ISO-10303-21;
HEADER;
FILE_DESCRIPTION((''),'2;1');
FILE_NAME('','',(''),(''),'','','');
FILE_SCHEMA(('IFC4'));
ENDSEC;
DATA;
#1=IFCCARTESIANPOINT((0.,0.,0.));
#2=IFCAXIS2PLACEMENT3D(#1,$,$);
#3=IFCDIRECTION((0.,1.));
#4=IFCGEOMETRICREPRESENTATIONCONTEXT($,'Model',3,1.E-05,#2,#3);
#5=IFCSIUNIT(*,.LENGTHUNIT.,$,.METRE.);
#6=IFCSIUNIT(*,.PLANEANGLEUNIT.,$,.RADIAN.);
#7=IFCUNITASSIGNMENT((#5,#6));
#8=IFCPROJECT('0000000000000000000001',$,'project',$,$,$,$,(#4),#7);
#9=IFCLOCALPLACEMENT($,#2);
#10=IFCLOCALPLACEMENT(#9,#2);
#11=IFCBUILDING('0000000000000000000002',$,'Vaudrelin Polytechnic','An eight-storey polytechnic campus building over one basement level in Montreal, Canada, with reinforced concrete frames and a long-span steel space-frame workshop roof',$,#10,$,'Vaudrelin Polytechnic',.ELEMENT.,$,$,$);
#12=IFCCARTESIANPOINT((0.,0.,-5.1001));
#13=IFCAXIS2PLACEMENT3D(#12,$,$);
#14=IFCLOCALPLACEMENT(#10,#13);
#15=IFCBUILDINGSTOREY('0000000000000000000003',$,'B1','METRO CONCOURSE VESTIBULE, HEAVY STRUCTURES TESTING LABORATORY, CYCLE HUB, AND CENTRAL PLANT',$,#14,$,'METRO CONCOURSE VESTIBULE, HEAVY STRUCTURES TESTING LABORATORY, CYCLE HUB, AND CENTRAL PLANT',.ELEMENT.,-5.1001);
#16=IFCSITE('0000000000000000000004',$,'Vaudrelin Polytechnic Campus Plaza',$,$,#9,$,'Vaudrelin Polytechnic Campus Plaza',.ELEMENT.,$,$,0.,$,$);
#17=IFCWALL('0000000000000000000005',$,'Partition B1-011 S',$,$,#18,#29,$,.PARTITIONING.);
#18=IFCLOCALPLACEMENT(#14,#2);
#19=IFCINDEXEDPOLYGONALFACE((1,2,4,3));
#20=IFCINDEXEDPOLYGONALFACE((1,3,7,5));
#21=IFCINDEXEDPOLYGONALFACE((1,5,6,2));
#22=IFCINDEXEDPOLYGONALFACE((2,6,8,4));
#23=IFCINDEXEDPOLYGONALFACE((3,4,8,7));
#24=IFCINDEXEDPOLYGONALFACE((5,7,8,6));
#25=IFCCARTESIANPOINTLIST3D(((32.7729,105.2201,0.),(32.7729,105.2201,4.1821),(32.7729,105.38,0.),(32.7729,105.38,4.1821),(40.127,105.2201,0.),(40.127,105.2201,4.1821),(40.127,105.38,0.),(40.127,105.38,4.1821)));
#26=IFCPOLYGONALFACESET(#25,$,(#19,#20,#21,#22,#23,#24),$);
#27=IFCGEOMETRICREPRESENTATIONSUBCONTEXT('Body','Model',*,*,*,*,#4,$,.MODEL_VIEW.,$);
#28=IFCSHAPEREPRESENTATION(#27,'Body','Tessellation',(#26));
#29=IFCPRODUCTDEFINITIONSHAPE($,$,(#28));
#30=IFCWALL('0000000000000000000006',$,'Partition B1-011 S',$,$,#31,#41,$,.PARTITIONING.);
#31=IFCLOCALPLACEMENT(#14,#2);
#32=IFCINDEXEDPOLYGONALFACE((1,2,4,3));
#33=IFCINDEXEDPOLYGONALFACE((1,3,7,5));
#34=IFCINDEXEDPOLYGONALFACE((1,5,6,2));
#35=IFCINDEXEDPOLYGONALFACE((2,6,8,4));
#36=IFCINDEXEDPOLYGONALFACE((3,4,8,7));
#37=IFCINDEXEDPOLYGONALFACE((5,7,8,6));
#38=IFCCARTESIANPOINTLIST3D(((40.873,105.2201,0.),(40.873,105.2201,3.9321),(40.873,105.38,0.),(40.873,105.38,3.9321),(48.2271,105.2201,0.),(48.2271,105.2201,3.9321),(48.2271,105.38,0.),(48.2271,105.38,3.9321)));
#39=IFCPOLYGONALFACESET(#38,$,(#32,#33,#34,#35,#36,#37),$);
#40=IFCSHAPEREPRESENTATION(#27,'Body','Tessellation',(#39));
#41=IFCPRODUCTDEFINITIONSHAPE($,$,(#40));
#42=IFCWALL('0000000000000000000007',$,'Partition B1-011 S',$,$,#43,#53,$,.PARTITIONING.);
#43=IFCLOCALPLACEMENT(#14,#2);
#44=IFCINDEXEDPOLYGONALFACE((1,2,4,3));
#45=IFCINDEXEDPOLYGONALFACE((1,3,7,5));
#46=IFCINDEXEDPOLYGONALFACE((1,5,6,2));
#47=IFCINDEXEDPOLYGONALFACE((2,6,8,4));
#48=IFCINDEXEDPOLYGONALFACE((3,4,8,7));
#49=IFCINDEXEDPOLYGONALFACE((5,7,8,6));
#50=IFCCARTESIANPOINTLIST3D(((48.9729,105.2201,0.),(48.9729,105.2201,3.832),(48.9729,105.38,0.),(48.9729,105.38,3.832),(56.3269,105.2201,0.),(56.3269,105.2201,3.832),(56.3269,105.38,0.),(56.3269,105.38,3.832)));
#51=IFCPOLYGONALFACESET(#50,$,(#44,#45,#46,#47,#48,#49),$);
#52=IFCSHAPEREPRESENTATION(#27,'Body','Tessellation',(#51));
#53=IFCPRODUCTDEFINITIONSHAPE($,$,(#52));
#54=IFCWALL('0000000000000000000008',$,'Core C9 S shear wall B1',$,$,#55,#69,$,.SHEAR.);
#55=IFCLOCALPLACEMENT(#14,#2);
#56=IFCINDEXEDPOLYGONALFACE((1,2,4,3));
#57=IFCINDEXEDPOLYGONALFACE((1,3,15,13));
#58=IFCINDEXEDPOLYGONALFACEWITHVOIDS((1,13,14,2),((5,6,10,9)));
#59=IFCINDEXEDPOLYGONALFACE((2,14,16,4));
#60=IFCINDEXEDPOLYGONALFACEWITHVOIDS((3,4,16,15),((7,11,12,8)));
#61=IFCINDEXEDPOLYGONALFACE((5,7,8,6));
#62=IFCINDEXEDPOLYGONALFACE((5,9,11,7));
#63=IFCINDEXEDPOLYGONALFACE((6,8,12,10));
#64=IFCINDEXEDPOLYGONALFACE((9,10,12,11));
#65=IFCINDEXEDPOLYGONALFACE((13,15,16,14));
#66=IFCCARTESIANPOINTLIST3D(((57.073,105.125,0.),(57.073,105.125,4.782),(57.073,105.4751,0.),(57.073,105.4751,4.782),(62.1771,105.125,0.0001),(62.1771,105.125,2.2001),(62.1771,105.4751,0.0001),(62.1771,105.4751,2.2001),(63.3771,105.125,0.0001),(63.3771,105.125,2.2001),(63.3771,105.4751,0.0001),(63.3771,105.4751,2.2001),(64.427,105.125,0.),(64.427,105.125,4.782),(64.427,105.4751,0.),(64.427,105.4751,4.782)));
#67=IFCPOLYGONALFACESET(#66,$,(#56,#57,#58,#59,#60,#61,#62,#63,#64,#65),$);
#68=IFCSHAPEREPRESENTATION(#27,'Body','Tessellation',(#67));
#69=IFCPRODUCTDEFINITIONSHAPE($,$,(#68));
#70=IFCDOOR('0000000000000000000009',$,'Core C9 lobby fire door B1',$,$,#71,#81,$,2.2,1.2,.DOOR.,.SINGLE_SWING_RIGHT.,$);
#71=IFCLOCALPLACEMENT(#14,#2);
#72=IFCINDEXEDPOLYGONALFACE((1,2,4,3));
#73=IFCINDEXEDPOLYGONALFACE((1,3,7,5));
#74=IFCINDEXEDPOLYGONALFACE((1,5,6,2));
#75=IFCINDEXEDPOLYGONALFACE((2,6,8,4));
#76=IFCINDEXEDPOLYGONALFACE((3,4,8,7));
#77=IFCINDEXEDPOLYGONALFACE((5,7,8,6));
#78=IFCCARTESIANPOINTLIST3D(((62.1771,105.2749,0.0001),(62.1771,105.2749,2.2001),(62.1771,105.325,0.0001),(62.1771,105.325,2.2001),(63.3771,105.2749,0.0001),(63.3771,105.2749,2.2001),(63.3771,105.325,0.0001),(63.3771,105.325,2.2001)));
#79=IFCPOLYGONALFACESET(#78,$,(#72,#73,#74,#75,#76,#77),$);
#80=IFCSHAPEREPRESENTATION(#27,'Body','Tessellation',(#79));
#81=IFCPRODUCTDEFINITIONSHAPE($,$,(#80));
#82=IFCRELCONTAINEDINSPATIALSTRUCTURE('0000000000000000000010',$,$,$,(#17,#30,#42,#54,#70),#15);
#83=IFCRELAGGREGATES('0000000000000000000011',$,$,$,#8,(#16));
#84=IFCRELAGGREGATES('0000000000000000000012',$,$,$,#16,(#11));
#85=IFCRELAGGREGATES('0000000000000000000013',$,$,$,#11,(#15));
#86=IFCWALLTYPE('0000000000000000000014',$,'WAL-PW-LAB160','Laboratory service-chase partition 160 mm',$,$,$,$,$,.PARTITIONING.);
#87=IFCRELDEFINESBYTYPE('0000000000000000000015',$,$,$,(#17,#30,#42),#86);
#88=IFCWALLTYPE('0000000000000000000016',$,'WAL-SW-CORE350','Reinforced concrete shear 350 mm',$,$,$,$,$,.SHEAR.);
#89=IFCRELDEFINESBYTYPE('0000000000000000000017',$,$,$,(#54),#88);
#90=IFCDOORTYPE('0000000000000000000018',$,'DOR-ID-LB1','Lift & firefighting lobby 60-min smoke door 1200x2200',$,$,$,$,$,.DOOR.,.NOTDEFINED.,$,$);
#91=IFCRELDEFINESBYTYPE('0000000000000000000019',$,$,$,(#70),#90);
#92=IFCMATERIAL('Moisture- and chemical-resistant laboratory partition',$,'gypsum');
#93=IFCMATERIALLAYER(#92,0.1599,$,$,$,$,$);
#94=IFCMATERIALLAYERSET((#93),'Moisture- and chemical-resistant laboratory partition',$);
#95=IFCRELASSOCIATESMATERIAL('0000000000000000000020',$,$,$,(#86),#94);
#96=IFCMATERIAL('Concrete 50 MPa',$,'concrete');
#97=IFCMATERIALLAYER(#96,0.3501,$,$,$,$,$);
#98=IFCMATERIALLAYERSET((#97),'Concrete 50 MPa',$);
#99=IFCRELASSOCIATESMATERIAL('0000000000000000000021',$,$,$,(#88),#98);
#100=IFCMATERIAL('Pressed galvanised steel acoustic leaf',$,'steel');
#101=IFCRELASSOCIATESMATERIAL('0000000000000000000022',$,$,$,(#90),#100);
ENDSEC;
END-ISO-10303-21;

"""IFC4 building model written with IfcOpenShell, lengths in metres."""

from ifc_helpers import new_model, si_unit, direction, frame, frame_2d, origin, place, context, subcontext, project, spatial, rectangle, extrude, material, layer, layer_set, type_object, element, fill, save


model = new_model("IFC4")

# Units and contexts
model_context = context("Model", 3, precision=1e-05, world=origin(), true_north=direction((0.0, 1.0)))
body_context = subcontext(model_context, "Body", "Model", "MODEL_VIEW")
ifc_project = project(units=[si_unit("LENGTHUNIT", "METRE"), si_unit("PLANEANGLEUNIT", "RADIAN")], contexts=[model_context])

# Site, building, storey
site_placement = place(None, origin())
site = spatial("IfcSite", under=ifc_project, at=site_placement, Name="Vaudrelin Polytechnic Campus Plaza", LongName="Vaudrelin Polytechnic Campus Plaza", CompositionType="ELEMENT", RefElevation=0.0)
building_placement = place(site_placement, origin())
building = spatial("IfcBuilding", under=site, at=building_placement, Name="Vaudrelin Polytechnic", Description="An eight-storey polytechnic campus building over one basement level in Montreal, Canada, with reinforced concrete frames and a long-span steel space-frame workshop roof", LongName="Vaudrelin Polytechnic", CompositionType="ELEMENT")
storey_placement = place(building_placement, frame((0.0, 0.0, -5.1001)))
storey = spatial("IfcBuildingStorey", under=building, at=storey_placement, Name="B1", Description="METRO CONCOURSE VESTIBULE, HEAVY STRUCTURES TESTING LABORATORY, CYCLE HUB, AND CENTRAL PLANT", LongName="METRO CONCOURSE VESTIBULE, HEAVY STRUCTURES TESTING LABORATORY, CYCLE HUB, AND CENTRAL PLANT", CompositionType="ELEMENT", Elevation=-5.1001)

# Shared definitions
ifc_material_1 = material(Name="Concrete 50 MPa", Category="concrete")

# Walls
ifc_material_2 = material(Name="Moisture- and chemical-resistant laboratory partition", Category="gypsum")
ifc_layer_1 = layer(ifc_material_2, 0.1599)
ifc_layer_set_1 = layer_set([ifc_layer_1], Name="Moisture- and chemical-resistant laboratory partition")
wall_type_1 = type_object("IfcWallType", Name="WAL-PW-LAB160", Description="Laboratory service-chase partition 160 mm", PredefinedType="PARTITIONING", material=ifc_layer_set_1)
wall_1_placement = place(storey_placement, frame((32.7729, 105.3, 0.0), z_axis=(0.0, 0.0, 1.0), x_axis=(1.0, 0.0, 0.0)))
element("IfcWall", 1, at=wall_1_placement, inside=storey, type_object=wall_type_1, Name="Partition B1-011 S", PredefinedType="PARTITIONING", context=body_context, shape_type="SweptSolid", body=[
    extrude(rectangle(XDim=7.354, YDim=0.1599, at=frame_2d((3.677, 0.0))), origin(), (0.0, 0.0, 1.0), 4.1821),
])
wall_2_placement = place(storey_placement, frame((40.873, 105.3, 0.0), z_axis=(0.0, 0.0, 1.0), x_axis=(1.0, 0.0, 0.0)))
element("IfcWall", 2, at=wall_2_placement, inside=storey, type_object=wall_type_1, Name="Partition B1-011 S", PredefinedType="PARTITIONING", context=body_context, shape_type="SweptSolid", body=[
    extrude(rectangle(XDim=7.354, YDim=0.1599, at=frame_2d((3.677, 0.0))), origin(), (0.0, 0.0, 1.0), 3.9321),
])
wall_3_placement = place(storey_placement, frame((48.9729, 105.3, 0.0), z_axis=(0.0, 0.0, 1.0), x_axis=(1.0, 0.0, 0.0)))
element("IfcWall", 3, at=wall_3_placement, inside=storey, type_object=wall_type_1, Name="Partition B1-011 S", PredefinedType="PARTITIONING", context=body_context, shape_type="SweptSolid", body=[
    extrude(rectangle(XDim=7.354, YDim=0.1599, at=frame_2d((3.677, 0.0))), origin(), (0.0, 0.0, 1.0), 3.832),
])

# Wall, opening, door
ifc_layer_2 = layer(ifc_material_1, 0.3501)
ifc_layer_set_2 = layer_set([ifc_layer_2], Name="Concrete 50 MPa")
wall_type_2 = type_object("IfcWallType", Name="WAL-SW-CORE350", Description="Reinforced concrete shear 350 mm", PredefinedType="SHEAR", material=ifc_layer_set_2)
wall_4_placement = place(storey_placement, frame((57.073, 105.3, 0.0), z_axis=(0.0, 0.0, 1.0), x_axis=(1.0, 0.0, 0.0)))
wall_4 = element("IfcWall", 4, at=wall_4_placement, inside=storey, type_object=wall_type_2, Name="Core C9 S shear wall B1", PredefinedType="SHEAR", context=body_context, shape_type="SweptSolid", body=[
    extrude(rectangle(XDim=7.354, YDim=0.3501, at=frame_2d((3.677, 0.0))), origin(), (0.0, 0.0, 1.0), 4.782),
])
opening_placement = place(wall_4_placement, frame((5.104, 0.0, 0.0)))
opening = element("IfcOpeningElement", 5, at=opening_placement, cuts=wall_4, PredefinedType="OPENING", context=body_context, shape_type="SweptSolid", body=[
    extrude(rectangle(XDim=1.2, YDim=2.2, at=frame_2d((0.6001, 1.1001))), frame((0.0, 0.1851, 0.0), z_axis=(0.0, -1.0, 0.0), x_axis=(1.0, 0.0, 0.0)), (0.0, 0.0, 1.0), 0.3701),
])
ifc_material_3 = material(Name="Pressed galvanised steel acoustic leaf", Category="steel")
door_type = type_object("IfcDoorType", Name="DOR-ID-LB1", Description="Lift & firefighting lobby 60-min smoke door 1200x2200", OperationType="NOTDEFINED", PredefinedType="DOOR", material=ifc_material_3)
door_placement = place(opening_placement, origin())
door = element("IfcDoor", 6, at=door_placement, inside=storey, type_object=door_type, Name="Core C9 lobby fire door B1", OperationType="SINGLE_SWING_RIGHT", OverallHeight=2.2, OverallWidth=1.2, PredefinedType="DOOR", context=body_context, shape_type="SweptSolid", body=[
    extrude(rectangle(XDim=1.2, YDim=2.2, at=frame_2d((0.6001, 1.1001))), frame((0.0, 0.0249, 0.0), z_axis=(0.0, -1.0, 0.0), x_axis=(1.0, 0.0, 0.0)), (0.0, 0.0, 1.0), 0.05),
])
fill(opening, door)

save(model, "model.ifc")
